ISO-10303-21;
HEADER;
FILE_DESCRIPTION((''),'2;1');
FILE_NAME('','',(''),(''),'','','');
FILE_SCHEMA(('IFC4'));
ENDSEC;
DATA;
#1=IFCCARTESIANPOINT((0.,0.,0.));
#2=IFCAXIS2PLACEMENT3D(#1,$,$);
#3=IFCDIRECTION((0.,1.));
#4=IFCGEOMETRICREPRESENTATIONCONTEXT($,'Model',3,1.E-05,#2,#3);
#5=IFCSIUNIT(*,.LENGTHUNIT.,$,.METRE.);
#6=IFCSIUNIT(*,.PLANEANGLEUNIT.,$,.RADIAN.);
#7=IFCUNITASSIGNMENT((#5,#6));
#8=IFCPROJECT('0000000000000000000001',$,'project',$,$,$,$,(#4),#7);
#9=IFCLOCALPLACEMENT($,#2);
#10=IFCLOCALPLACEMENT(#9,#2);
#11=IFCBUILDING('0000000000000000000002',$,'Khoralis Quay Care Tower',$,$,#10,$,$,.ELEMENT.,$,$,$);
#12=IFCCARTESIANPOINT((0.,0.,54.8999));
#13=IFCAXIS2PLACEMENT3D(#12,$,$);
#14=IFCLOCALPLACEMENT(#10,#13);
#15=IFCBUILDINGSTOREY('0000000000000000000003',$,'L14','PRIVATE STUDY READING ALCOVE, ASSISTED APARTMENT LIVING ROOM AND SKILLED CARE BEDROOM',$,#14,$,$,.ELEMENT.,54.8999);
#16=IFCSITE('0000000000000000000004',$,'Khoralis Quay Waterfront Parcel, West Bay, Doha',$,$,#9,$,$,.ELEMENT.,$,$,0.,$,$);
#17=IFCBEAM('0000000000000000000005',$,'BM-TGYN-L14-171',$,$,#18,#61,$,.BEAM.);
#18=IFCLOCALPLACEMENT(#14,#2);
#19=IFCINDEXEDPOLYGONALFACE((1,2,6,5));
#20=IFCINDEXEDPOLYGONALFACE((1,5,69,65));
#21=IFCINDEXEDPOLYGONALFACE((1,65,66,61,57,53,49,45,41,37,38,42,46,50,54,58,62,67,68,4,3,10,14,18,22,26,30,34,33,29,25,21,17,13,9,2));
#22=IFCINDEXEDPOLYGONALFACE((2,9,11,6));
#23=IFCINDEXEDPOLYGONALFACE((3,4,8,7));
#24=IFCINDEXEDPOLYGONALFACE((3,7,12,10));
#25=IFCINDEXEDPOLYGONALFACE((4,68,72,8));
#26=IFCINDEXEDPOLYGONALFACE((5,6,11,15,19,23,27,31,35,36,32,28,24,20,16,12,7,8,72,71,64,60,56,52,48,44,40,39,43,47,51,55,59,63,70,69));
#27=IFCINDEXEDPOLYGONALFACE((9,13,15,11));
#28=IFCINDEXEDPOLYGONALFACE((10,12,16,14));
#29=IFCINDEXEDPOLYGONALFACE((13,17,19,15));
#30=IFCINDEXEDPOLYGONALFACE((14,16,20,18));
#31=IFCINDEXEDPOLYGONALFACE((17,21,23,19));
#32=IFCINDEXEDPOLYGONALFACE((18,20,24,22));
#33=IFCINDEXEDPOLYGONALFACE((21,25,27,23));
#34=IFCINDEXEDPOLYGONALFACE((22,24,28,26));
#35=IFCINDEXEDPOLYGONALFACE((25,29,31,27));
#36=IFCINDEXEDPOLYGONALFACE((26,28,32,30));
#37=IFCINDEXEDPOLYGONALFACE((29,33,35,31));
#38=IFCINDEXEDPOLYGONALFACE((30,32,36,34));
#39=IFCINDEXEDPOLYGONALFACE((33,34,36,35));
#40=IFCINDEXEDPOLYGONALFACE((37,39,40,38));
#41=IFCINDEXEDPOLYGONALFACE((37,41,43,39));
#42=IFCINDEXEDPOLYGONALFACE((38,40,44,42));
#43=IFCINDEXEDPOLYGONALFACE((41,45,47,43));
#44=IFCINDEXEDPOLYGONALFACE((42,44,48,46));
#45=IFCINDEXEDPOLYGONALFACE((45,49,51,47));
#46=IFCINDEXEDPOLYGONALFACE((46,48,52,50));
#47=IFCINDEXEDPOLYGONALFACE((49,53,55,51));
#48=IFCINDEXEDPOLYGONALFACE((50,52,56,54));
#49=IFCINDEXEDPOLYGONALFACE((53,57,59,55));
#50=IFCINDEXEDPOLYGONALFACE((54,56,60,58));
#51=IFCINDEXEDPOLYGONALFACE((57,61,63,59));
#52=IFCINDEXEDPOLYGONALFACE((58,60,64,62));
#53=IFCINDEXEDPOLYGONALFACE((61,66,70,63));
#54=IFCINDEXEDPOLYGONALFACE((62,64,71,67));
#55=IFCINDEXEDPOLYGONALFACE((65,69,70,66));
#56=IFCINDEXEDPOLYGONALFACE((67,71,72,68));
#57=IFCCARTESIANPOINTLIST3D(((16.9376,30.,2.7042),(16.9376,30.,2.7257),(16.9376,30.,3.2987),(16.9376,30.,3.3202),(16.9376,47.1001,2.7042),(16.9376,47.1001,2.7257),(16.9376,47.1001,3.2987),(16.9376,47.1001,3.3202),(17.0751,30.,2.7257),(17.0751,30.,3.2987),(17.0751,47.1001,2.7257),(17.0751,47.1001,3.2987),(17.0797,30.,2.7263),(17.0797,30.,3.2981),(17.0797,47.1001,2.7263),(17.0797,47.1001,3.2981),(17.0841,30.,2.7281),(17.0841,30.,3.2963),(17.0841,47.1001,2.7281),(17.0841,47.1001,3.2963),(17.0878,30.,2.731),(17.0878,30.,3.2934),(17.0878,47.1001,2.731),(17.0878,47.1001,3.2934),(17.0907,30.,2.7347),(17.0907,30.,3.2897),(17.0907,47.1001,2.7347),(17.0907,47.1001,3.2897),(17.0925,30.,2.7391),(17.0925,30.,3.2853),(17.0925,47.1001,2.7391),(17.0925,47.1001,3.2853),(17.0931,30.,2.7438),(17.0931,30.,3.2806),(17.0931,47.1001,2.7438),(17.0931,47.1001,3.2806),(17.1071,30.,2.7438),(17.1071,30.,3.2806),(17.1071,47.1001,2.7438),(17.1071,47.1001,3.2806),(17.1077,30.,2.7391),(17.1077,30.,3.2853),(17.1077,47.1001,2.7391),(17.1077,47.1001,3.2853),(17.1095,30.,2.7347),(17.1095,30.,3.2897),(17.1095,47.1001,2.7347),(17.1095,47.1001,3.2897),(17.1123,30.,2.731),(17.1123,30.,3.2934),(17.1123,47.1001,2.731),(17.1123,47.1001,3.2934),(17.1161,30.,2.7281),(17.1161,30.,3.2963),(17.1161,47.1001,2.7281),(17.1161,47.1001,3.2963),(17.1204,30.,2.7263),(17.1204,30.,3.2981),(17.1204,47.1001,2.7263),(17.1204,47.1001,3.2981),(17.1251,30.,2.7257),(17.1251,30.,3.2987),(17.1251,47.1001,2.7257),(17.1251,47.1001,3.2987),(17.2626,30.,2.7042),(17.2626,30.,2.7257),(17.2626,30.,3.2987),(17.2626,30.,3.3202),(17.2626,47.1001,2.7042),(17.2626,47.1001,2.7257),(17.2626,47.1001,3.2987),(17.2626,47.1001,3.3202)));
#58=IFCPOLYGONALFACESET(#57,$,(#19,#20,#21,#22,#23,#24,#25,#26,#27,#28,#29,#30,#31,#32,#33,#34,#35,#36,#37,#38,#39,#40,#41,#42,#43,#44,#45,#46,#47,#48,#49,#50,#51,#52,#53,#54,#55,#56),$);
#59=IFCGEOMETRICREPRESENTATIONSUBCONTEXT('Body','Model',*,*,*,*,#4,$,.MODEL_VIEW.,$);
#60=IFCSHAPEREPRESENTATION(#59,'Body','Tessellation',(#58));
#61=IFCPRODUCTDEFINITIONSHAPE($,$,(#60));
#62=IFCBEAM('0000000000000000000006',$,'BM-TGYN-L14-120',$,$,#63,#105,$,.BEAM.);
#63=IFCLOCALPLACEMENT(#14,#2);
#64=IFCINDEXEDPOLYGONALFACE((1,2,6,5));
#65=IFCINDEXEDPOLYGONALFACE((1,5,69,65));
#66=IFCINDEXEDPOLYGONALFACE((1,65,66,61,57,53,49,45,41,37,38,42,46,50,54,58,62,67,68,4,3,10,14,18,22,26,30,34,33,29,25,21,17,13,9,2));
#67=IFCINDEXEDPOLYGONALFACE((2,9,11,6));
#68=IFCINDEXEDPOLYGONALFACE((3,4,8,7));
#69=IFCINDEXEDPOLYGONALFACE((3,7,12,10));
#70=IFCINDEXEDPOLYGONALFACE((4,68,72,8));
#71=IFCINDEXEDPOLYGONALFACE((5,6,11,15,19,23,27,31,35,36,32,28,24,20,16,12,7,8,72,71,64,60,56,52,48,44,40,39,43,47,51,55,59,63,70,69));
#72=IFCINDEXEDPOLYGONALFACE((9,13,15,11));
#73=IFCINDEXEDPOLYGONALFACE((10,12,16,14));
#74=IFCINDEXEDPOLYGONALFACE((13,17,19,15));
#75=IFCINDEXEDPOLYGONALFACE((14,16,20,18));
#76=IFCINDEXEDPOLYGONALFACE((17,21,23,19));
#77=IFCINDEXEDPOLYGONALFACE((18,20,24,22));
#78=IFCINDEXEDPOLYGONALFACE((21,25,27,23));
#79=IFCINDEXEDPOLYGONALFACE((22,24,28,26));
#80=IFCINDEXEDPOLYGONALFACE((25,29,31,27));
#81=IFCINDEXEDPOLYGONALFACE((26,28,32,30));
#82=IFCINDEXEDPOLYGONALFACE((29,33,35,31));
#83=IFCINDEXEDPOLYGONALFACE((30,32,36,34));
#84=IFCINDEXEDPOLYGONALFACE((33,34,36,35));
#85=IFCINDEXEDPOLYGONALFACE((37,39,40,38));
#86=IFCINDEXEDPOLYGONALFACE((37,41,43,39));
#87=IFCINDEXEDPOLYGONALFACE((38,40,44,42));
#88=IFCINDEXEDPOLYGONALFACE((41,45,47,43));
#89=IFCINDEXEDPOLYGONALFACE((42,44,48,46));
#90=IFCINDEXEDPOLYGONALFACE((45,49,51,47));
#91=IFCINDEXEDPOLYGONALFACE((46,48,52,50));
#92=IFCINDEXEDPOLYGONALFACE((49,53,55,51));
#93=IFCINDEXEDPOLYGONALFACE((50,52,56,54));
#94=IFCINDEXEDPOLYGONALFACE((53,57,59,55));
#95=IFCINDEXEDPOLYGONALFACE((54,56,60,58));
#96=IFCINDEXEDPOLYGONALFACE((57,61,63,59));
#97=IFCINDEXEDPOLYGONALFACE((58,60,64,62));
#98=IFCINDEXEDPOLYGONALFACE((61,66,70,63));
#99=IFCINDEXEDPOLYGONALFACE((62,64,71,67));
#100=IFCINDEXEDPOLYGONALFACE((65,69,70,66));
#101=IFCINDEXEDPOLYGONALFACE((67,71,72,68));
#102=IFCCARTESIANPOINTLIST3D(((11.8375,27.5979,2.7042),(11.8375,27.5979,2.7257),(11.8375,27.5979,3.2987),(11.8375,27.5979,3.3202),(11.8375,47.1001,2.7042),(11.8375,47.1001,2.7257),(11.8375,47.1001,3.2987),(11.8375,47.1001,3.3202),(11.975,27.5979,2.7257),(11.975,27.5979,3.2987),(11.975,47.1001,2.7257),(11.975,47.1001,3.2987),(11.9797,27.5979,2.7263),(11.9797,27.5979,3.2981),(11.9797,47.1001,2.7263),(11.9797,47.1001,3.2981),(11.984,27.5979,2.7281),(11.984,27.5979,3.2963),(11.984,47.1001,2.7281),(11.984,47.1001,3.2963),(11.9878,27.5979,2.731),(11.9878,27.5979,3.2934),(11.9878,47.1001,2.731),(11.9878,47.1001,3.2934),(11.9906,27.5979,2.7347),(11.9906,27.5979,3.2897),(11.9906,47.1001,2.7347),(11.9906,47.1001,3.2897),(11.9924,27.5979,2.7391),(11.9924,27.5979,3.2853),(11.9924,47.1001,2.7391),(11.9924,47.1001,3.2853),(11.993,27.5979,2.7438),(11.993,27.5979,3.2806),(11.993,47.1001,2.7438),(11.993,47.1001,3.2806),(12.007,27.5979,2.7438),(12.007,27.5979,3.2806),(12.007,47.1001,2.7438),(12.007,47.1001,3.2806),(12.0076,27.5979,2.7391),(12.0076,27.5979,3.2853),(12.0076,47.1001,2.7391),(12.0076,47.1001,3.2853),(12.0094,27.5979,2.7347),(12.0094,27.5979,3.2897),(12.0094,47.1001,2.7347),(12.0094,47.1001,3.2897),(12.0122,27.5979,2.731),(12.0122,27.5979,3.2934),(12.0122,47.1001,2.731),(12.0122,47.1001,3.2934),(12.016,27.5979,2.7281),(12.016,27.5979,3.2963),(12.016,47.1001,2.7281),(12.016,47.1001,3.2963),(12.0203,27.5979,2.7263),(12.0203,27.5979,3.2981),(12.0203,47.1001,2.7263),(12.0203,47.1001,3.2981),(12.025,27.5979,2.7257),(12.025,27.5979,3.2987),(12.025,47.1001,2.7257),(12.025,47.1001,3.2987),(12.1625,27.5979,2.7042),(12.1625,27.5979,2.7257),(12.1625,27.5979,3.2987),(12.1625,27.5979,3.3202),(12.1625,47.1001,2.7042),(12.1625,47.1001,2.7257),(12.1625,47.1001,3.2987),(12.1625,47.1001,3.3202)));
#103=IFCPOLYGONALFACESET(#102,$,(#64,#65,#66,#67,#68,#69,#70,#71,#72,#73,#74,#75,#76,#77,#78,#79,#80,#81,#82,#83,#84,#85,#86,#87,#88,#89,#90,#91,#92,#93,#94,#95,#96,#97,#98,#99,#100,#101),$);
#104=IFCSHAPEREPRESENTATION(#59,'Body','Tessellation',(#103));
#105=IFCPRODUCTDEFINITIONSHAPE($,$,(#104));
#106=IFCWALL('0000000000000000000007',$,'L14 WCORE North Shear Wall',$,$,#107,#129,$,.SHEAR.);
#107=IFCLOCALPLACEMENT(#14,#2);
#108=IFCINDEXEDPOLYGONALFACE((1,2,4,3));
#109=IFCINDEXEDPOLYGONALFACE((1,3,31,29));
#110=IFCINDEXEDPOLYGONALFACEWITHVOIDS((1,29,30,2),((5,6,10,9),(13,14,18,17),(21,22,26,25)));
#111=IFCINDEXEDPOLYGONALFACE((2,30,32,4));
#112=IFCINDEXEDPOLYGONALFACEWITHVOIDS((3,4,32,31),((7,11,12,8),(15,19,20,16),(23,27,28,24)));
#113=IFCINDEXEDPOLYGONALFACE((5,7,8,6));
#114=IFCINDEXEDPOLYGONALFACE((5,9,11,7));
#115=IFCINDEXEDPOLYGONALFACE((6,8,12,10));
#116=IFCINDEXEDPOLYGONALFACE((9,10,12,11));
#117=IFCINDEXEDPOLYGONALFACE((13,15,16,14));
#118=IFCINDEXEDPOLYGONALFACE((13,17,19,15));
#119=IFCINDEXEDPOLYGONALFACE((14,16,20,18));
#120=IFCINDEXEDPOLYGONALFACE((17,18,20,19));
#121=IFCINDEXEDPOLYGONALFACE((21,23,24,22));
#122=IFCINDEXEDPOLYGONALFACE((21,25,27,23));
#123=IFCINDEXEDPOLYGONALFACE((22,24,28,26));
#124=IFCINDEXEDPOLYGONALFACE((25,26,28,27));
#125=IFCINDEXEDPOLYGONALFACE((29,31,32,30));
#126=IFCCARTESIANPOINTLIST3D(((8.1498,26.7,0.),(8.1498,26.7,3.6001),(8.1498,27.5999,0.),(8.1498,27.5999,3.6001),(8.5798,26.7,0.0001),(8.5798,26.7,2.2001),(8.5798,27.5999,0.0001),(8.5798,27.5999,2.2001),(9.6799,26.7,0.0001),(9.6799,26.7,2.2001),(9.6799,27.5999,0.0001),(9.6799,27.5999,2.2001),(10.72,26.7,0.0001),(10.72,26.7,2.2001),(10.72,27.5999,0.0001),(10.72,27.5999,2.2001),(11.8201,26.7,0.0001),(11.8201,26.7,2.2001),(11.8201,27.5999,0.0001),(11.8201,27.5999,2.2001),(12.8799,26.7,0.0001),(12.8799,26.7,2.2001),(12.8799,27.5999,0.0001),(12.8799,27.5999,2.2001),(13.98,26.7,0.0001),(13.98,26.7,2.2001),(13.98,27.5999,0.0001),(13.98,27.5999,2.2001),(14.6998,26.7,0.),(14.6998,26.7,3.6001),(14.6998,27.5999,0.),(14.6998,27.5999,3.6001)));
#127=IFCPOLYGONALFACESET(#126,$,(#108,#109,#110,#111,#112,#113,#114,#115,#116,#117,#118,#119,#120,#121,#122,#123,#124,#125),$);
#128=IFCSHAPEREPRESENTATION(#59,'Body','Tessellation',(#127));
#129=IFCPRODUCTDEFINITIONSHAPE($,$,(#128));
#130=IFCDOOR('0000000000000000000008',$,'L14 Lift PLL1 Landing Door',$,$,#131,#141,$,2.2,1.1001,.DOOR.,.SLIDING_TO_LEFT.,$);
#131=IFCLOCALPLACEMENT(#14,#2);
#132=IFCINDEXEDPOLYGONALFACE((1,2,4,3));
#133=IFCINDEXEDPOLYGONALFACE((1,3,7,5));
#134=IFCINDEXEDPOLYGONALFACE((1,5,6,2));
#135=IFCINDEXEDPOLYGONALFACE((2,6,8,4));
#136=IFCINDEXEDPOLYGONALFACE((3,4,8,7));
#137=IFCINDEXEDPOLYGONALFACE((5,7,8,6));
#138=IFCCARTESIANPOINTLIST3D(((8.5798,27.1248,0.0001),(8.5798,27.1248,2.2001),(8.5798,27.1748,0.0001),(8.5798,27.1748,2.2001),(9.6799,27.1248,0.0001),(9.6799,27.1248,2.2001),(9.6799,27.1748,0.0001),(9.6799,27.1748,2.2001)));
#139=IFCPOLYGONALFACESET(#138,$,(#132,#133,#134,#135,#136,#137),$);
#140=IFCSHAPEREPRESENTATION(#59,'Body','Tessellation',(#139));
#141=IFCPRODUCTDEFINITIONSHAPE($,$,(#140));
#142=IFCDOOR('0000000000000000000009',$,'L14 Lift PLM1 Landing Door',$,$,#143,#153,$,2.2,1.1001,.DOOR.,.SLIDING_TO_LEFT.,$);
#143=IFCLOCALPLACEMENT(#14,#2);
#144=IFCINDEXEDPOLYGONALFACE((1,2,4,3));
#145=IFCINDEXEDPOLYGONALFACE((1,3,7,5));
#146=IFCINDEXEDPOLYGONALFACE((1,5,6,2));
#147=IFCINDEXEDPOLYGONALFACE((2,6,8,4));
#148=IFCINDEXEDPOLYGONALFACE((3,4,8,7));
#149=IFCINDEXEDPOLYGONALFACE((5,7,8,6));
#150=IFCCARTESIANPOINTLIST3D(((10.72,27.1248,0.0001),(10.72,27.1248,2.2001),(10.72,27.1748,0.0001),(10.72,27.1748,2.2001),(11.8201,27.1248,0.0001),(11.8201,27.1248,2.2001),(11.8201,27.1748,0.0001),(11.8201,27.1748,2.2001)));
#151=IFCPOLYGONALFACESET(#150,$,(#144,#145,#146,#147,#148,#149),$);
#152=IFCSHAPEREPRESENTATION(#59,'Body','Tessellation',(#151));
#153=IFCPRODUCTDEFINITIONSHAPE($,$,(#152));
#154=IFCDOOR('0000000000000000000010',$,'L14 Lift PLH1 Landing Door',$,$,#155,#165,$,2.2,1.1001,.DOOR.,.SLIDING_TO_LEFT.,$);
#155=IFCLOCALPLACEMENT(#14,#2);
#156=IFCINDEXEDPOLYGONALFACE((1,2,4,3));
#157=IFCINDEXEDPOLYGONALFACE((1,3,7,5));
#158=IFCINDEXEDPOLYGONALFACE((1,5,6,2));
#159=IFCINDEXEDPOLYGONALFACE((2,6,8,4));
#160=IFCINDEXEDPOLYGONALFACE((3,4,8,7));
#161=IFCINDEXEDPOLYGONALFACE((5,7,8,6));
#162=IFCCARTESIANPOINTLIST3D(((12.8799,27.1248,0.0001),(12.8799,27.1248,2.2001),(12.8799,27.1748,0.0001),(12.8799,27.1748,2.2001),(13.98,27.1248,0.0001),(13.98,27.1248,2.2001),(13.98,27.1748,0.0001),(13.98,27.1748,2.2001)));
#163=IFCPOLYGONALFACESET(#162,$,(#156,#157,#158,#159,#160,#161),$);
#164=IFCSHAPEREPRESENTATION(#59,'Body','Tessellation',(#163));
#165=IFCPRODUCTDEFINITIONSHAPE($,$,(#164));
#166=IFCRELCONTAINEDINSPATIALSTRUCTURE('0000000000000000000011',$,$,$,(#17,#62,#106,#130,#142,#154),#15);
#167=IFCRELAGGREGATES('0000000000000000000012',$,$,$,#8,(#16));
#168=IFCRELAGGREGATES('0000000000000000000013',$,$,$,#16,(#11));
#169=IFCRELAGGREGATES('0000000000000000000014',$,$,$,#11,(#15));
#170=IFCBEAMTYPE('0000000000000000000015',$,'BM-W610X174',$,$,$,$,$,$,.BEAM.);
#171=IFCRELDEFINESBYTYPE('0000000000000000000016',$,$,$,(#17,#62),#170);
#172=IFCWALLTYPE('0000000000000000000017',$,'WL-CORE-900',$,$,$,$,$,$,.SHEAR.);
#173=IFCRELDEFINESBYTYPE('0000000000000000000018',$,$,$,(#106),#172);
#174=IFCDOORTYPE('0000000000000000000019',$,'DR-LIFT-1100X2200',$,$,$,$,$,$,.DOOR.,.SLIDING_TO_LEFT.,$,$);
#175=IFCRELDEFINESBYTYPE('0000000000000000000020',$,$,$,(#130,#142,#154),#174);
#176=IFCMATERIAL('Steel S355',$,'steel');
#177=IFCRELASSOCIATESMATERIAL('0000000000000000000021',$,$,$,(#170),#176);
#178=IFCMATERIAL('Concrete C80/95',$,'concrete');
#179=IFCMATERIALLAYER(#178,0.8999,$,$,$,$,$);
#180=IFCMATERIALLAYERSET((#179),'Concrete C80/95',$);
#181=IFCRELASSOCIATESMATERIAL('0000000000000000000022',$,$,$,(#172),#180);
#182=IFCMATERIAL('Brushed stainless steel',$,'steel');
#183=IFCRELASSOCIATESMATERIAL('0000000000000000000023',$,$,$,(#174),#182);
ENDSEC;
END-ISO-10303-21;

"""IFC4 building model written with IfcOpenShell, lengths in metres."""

from ifc_helpers import new_model, si_unit, direction, frame, frame_2d, origin, origin_2d, place, context, subcontext, project, spatial, rectangle, i_section, extrude, source, transform, mapped, material, layer, layer_set, material_profile, profile_set, type_object, element, fill, save


model = new_model("IFC4")

# Units and contexts
model_context = context("Model", 3, precision=1e-05, world=origin(), true_north=direction((0.0, 1.0)))
body_context = subcontext(model_context, "Body", "Model", "MODEL_VIEW")
ifc_project = project(units=[si_unit("LENGTHUNIT", "METRE"), si_unit("PLANEANGLEUNIT", "RADIAN")], contexts=[model_context])

# Site, building, storey
site_placement = place(None, origin())
site = spatial("IfcSite", under=ifc_project, at=site_placement, Name="Khoralis Quay Waterfront Parcel, West Bay, Doha", CompositionType="ELEMENT", RefElevation=0.0)
building_placement = place(site_placement, origin())
building = spatial("IfcBuilding", under=site, at=building_placement, Name="Khoralis Quay Care Tower", CompositionType="ELEMENT")
storey_placement = place(building_placement, frame((0.0, 0.0, 54.8999)))
storey = spatial("IfcBuildingStorey", under=building, at=storey_placement, Name="L14", Description="PRIVATE STUDY READING ALCOVE, ASSISTED APARTMENT LIVING ROOM AND SKILLED CARE BEDROOM", CompositionType="ELEMENT", Elevation=54.8999)

# Shared definitions
ifc_material_1 = material(Name="Concrete C80/95", Category="concrete")

# Beams
ifc_material_2 = material(Name="Steel S355", Category="steel")
ifc_material_profile_1 = material_profile(ifc_material_2, i_section(OverallWidth=0.325, OverallDepth=0.616, WebThickness=0.0139, FlangeThickness=0.0215, FilletRadius=0.0181, at=origin_2d()), Name="Steel S355")
ifc_profile_set_1 = profile_set([ifc_material_profile_1], Name="Steel S355")
beam_type_1 = type_object("IfcBeamType", Name="BM-W610X174", PredefinedType="BEAM", material=ifc_profile_set_1)
shared_shape_1 = source(origin(), body_context, "Body", "SweptSolid", [
    extrude(i_section(OverallWidth=0.325, OverallDepth=0.616, WebThickness=0.0139, FlangeThickness=0.0215, FilletRadius=0.0181, at=origin_2d()), origin(), (0.0, 0.0, 1.0), 17.1001),
])
for number, where, z_axis, x_axis, name in (
    (1, (17.1001, 30.0, 3.0122), (0.0, 1.0, 0.0), (-1.0, 0.0, 0.0), "BM-TGYN-L14-171"),
):
    element("IfcBeam", number, at=place(storey_placement, frame(where, z_axis=z_axis, x_axis=x_axis)), inside=storey, type_object=beam_type_1, Name=name, PredefinedType="BEAM", context=body_context, shape_type="MappedRepresentation", body=[
        mapped(shared_shape_1, transform((0.0, 0.0, 0.0), scale=1.0)),
    ])
shared_shape_2 = source(origin(), body_context, "Body", "SweptSolid", [
    extrude(i_section(OverallWidth=0.325, OverallDepth=0.616, WebThickness=0.0139, FlangeThickness=0.0215, FilletRadius=0.0181, at=origin_2d()), origin(), (0.0, 0.0, 1.0), 19.5022),
])
beam_1_placement = place(storey_placement, frame((12.0, 27.5979, 3.0122), z_axis=(0.0, 1.0, 0.0), x_axis=(-1.0, 0.0, 0.0)))
element("IfcBeam", 2, at=beam_1_placement, inside=storey, type_object=beam_type_1, Name="BM-TGYN-L14-120", PredefinedType="BEAM", context=body_context, shape_type="MappedRepresentation", body=[
    mapped(shared_shape_2, transform((0.0, 0.0, 0.0), scale=1.0)),
])

# Wall, openings, doors
ifc_layer_1 = layer(ifc_material_1, 0.8999)
ifc_layer_set_1 = layer_set([ifc_layer_1], Name="Concrete C80/95")
wall_type_1 = type_object("IfcWallType", Name="WL-CORE-900", PredefinedType="SHEAR", material=ifc_layer_set_1)
wall_1_placement = place(storey_placement, frame((8.1499, 27.1499, 0.0), z_axis=(0.0, 0.0, 1.0), x_axis=(1.0, 0.0, 0.0)))
wall_1 = element("IfcWall", 3, at=wall_1_placement, inside=storey, type_object=wall_type_1, Name="L14 WCORE North Shear Wall", PredefinedType="SHEAR", context=body_context, shape_type="SweptSolid", body=[
    extrude(rectangle(XDim=6.55, YDim=0.8999, at=frame_2d((3.2749, 0.0))), origin(), (0.0, 0.0, 1.0), 3.6001),
])
opening_1_placement = place(wall_1_placement, frame((0.4299, 0.0, 0.0)))
opening_1 = element("IfcOpeningElement", 4, at=opening_1_placement, cuts=wall_1, PredefinedType="OPENING", context=body_context, shape_type="SweptSolid", body=[
    extrude(rectangle(XDim=1.1001, YDim=2.2, at=frame_2d((0.55, 1.1001))), frame((0.0, 0.46, 0.0), z_axis=(0.0, -1.0, 0.0), x_axis=(1.0, 0.0, 0.0)), (0.0, 0.0, 1.0), 0.9199),
])
opening_2_placement = place(wall_1_placement, frame((2.5701, 0.0, 0.0)))
opening_2 = element("IfcOpeningElement", 5, at=opening_2_placement, cuts=wall_1, PredefinedType="OPENING", context=body_context, shape_type="SweptSolid", body=[
    extrude(rectangle(XDim=1.1001, YDim=2.2, at=frame_2d((0.55, 1.1001))), frame((0.0, 0.46, 0.0), z_axis=(0.0, -1.0, 0.0), x_axis=(1.0, 0.0, 0.0)), (0.0, 0.0, 1.0), 0.9199),
])
opening_3_placement = place(wall_1_placement, frame((4.73, 0.0, 0.0)))
opening_3 = element("IfcOpeningElement", 6, at=opening_3_placement, cuts=wall_1, PredefinedType="OPENING", context=body_context, shape_type="SweptSolid", body=[
    extrude(rectangle(XDim=1.1001, YDim=2.2, at=frame_2d((0.55, 1.1001))), frame((0.0, 0.46, 0.0), z_axis=(0.0, -1.0, 0.0), x_axis=(1.0, 0.0, 0.0)), (0.0, 0.0, 1.0), 0.9199),
])
ifc_material_3 = material(Name="Brushed stainless steel", Category="steel")
door_type_1 = type_object("IfcDoorType", Name="DR-LIFT-1100X2200", OperationType="SLIDING_TO_LEFT", PredefinedType="DOOR", material=ifc_material_3)
shared_shape_3 = source(origin(), body_context, "Body", "SweptSolid", [
    extrude(rectangle(XDim=1.1001, YDim=2.2, at=frame_2d((0.55, 1.1001))), frame((0.0, 0.0249, 0.0), z_axis=(0.0, -1.0, 0.0), x_axis=(1.0, 0.0, 0.0)), (0.0, 0.0, 1.0), 0.05),
])
door_1_placement = place(opening_1_placement, origin())
door_1 = element("IfcDoor", 7, at=door_1_placement, inside=storey, type_object=door_type_1, Name="L14 Lift PLL1 Landing Door", OperationType="SLIDING_TO_LEFT", OverallHeight=2.2, OverallWidth=1.1001, PredefinedType="DOOR", context=body_context, shape_type="MappedRepresentation", body=[
    mapped(shared_shape_3, transform((0.0, 0.0, 0.0), scale=1.0)),
])
fill(opening_1, door_1)
door_2_placement = place(opening_2_placement, origin())
door_2 = element("IfcDoor", 8, at=door_2_placement, inside=storey, type_object=door_type_1, Name="L14 Lift PLM1 Landing Door", OperationType="SLIDING_TO_LEFT", OverallHeight=2.2, OverallWidth=1.1001, PredefinedType="DOOR", context=body_context, shape_type="MappedRepresentation", body=[
    mapped(shared_shape_3, transform((0.0, 0.0, 0.0), scale=1.0)),
])
fill(opening_2, door_2)
door_3_placement = place(opening_3_placement, origin())
door_3 = element("IfcDoor", 9, at=door_3_placement, inside=storey, type_object=door_type_1, Name="L14 Lift PLH1 Landing Door", OperationType="SLIDING_TO_LEFT", OverallHeight=2.2, OverallWidth=1.1001, PredefinedType="DOOR", context=body_context, shape_type="MappedRepresentation", body=[
    mapped(shared_shape_3, transform((0.0, 0.0, 0.0), scale=1.0)),
])
fill(opening_3, door_3)

save(model, "model.ifc")
